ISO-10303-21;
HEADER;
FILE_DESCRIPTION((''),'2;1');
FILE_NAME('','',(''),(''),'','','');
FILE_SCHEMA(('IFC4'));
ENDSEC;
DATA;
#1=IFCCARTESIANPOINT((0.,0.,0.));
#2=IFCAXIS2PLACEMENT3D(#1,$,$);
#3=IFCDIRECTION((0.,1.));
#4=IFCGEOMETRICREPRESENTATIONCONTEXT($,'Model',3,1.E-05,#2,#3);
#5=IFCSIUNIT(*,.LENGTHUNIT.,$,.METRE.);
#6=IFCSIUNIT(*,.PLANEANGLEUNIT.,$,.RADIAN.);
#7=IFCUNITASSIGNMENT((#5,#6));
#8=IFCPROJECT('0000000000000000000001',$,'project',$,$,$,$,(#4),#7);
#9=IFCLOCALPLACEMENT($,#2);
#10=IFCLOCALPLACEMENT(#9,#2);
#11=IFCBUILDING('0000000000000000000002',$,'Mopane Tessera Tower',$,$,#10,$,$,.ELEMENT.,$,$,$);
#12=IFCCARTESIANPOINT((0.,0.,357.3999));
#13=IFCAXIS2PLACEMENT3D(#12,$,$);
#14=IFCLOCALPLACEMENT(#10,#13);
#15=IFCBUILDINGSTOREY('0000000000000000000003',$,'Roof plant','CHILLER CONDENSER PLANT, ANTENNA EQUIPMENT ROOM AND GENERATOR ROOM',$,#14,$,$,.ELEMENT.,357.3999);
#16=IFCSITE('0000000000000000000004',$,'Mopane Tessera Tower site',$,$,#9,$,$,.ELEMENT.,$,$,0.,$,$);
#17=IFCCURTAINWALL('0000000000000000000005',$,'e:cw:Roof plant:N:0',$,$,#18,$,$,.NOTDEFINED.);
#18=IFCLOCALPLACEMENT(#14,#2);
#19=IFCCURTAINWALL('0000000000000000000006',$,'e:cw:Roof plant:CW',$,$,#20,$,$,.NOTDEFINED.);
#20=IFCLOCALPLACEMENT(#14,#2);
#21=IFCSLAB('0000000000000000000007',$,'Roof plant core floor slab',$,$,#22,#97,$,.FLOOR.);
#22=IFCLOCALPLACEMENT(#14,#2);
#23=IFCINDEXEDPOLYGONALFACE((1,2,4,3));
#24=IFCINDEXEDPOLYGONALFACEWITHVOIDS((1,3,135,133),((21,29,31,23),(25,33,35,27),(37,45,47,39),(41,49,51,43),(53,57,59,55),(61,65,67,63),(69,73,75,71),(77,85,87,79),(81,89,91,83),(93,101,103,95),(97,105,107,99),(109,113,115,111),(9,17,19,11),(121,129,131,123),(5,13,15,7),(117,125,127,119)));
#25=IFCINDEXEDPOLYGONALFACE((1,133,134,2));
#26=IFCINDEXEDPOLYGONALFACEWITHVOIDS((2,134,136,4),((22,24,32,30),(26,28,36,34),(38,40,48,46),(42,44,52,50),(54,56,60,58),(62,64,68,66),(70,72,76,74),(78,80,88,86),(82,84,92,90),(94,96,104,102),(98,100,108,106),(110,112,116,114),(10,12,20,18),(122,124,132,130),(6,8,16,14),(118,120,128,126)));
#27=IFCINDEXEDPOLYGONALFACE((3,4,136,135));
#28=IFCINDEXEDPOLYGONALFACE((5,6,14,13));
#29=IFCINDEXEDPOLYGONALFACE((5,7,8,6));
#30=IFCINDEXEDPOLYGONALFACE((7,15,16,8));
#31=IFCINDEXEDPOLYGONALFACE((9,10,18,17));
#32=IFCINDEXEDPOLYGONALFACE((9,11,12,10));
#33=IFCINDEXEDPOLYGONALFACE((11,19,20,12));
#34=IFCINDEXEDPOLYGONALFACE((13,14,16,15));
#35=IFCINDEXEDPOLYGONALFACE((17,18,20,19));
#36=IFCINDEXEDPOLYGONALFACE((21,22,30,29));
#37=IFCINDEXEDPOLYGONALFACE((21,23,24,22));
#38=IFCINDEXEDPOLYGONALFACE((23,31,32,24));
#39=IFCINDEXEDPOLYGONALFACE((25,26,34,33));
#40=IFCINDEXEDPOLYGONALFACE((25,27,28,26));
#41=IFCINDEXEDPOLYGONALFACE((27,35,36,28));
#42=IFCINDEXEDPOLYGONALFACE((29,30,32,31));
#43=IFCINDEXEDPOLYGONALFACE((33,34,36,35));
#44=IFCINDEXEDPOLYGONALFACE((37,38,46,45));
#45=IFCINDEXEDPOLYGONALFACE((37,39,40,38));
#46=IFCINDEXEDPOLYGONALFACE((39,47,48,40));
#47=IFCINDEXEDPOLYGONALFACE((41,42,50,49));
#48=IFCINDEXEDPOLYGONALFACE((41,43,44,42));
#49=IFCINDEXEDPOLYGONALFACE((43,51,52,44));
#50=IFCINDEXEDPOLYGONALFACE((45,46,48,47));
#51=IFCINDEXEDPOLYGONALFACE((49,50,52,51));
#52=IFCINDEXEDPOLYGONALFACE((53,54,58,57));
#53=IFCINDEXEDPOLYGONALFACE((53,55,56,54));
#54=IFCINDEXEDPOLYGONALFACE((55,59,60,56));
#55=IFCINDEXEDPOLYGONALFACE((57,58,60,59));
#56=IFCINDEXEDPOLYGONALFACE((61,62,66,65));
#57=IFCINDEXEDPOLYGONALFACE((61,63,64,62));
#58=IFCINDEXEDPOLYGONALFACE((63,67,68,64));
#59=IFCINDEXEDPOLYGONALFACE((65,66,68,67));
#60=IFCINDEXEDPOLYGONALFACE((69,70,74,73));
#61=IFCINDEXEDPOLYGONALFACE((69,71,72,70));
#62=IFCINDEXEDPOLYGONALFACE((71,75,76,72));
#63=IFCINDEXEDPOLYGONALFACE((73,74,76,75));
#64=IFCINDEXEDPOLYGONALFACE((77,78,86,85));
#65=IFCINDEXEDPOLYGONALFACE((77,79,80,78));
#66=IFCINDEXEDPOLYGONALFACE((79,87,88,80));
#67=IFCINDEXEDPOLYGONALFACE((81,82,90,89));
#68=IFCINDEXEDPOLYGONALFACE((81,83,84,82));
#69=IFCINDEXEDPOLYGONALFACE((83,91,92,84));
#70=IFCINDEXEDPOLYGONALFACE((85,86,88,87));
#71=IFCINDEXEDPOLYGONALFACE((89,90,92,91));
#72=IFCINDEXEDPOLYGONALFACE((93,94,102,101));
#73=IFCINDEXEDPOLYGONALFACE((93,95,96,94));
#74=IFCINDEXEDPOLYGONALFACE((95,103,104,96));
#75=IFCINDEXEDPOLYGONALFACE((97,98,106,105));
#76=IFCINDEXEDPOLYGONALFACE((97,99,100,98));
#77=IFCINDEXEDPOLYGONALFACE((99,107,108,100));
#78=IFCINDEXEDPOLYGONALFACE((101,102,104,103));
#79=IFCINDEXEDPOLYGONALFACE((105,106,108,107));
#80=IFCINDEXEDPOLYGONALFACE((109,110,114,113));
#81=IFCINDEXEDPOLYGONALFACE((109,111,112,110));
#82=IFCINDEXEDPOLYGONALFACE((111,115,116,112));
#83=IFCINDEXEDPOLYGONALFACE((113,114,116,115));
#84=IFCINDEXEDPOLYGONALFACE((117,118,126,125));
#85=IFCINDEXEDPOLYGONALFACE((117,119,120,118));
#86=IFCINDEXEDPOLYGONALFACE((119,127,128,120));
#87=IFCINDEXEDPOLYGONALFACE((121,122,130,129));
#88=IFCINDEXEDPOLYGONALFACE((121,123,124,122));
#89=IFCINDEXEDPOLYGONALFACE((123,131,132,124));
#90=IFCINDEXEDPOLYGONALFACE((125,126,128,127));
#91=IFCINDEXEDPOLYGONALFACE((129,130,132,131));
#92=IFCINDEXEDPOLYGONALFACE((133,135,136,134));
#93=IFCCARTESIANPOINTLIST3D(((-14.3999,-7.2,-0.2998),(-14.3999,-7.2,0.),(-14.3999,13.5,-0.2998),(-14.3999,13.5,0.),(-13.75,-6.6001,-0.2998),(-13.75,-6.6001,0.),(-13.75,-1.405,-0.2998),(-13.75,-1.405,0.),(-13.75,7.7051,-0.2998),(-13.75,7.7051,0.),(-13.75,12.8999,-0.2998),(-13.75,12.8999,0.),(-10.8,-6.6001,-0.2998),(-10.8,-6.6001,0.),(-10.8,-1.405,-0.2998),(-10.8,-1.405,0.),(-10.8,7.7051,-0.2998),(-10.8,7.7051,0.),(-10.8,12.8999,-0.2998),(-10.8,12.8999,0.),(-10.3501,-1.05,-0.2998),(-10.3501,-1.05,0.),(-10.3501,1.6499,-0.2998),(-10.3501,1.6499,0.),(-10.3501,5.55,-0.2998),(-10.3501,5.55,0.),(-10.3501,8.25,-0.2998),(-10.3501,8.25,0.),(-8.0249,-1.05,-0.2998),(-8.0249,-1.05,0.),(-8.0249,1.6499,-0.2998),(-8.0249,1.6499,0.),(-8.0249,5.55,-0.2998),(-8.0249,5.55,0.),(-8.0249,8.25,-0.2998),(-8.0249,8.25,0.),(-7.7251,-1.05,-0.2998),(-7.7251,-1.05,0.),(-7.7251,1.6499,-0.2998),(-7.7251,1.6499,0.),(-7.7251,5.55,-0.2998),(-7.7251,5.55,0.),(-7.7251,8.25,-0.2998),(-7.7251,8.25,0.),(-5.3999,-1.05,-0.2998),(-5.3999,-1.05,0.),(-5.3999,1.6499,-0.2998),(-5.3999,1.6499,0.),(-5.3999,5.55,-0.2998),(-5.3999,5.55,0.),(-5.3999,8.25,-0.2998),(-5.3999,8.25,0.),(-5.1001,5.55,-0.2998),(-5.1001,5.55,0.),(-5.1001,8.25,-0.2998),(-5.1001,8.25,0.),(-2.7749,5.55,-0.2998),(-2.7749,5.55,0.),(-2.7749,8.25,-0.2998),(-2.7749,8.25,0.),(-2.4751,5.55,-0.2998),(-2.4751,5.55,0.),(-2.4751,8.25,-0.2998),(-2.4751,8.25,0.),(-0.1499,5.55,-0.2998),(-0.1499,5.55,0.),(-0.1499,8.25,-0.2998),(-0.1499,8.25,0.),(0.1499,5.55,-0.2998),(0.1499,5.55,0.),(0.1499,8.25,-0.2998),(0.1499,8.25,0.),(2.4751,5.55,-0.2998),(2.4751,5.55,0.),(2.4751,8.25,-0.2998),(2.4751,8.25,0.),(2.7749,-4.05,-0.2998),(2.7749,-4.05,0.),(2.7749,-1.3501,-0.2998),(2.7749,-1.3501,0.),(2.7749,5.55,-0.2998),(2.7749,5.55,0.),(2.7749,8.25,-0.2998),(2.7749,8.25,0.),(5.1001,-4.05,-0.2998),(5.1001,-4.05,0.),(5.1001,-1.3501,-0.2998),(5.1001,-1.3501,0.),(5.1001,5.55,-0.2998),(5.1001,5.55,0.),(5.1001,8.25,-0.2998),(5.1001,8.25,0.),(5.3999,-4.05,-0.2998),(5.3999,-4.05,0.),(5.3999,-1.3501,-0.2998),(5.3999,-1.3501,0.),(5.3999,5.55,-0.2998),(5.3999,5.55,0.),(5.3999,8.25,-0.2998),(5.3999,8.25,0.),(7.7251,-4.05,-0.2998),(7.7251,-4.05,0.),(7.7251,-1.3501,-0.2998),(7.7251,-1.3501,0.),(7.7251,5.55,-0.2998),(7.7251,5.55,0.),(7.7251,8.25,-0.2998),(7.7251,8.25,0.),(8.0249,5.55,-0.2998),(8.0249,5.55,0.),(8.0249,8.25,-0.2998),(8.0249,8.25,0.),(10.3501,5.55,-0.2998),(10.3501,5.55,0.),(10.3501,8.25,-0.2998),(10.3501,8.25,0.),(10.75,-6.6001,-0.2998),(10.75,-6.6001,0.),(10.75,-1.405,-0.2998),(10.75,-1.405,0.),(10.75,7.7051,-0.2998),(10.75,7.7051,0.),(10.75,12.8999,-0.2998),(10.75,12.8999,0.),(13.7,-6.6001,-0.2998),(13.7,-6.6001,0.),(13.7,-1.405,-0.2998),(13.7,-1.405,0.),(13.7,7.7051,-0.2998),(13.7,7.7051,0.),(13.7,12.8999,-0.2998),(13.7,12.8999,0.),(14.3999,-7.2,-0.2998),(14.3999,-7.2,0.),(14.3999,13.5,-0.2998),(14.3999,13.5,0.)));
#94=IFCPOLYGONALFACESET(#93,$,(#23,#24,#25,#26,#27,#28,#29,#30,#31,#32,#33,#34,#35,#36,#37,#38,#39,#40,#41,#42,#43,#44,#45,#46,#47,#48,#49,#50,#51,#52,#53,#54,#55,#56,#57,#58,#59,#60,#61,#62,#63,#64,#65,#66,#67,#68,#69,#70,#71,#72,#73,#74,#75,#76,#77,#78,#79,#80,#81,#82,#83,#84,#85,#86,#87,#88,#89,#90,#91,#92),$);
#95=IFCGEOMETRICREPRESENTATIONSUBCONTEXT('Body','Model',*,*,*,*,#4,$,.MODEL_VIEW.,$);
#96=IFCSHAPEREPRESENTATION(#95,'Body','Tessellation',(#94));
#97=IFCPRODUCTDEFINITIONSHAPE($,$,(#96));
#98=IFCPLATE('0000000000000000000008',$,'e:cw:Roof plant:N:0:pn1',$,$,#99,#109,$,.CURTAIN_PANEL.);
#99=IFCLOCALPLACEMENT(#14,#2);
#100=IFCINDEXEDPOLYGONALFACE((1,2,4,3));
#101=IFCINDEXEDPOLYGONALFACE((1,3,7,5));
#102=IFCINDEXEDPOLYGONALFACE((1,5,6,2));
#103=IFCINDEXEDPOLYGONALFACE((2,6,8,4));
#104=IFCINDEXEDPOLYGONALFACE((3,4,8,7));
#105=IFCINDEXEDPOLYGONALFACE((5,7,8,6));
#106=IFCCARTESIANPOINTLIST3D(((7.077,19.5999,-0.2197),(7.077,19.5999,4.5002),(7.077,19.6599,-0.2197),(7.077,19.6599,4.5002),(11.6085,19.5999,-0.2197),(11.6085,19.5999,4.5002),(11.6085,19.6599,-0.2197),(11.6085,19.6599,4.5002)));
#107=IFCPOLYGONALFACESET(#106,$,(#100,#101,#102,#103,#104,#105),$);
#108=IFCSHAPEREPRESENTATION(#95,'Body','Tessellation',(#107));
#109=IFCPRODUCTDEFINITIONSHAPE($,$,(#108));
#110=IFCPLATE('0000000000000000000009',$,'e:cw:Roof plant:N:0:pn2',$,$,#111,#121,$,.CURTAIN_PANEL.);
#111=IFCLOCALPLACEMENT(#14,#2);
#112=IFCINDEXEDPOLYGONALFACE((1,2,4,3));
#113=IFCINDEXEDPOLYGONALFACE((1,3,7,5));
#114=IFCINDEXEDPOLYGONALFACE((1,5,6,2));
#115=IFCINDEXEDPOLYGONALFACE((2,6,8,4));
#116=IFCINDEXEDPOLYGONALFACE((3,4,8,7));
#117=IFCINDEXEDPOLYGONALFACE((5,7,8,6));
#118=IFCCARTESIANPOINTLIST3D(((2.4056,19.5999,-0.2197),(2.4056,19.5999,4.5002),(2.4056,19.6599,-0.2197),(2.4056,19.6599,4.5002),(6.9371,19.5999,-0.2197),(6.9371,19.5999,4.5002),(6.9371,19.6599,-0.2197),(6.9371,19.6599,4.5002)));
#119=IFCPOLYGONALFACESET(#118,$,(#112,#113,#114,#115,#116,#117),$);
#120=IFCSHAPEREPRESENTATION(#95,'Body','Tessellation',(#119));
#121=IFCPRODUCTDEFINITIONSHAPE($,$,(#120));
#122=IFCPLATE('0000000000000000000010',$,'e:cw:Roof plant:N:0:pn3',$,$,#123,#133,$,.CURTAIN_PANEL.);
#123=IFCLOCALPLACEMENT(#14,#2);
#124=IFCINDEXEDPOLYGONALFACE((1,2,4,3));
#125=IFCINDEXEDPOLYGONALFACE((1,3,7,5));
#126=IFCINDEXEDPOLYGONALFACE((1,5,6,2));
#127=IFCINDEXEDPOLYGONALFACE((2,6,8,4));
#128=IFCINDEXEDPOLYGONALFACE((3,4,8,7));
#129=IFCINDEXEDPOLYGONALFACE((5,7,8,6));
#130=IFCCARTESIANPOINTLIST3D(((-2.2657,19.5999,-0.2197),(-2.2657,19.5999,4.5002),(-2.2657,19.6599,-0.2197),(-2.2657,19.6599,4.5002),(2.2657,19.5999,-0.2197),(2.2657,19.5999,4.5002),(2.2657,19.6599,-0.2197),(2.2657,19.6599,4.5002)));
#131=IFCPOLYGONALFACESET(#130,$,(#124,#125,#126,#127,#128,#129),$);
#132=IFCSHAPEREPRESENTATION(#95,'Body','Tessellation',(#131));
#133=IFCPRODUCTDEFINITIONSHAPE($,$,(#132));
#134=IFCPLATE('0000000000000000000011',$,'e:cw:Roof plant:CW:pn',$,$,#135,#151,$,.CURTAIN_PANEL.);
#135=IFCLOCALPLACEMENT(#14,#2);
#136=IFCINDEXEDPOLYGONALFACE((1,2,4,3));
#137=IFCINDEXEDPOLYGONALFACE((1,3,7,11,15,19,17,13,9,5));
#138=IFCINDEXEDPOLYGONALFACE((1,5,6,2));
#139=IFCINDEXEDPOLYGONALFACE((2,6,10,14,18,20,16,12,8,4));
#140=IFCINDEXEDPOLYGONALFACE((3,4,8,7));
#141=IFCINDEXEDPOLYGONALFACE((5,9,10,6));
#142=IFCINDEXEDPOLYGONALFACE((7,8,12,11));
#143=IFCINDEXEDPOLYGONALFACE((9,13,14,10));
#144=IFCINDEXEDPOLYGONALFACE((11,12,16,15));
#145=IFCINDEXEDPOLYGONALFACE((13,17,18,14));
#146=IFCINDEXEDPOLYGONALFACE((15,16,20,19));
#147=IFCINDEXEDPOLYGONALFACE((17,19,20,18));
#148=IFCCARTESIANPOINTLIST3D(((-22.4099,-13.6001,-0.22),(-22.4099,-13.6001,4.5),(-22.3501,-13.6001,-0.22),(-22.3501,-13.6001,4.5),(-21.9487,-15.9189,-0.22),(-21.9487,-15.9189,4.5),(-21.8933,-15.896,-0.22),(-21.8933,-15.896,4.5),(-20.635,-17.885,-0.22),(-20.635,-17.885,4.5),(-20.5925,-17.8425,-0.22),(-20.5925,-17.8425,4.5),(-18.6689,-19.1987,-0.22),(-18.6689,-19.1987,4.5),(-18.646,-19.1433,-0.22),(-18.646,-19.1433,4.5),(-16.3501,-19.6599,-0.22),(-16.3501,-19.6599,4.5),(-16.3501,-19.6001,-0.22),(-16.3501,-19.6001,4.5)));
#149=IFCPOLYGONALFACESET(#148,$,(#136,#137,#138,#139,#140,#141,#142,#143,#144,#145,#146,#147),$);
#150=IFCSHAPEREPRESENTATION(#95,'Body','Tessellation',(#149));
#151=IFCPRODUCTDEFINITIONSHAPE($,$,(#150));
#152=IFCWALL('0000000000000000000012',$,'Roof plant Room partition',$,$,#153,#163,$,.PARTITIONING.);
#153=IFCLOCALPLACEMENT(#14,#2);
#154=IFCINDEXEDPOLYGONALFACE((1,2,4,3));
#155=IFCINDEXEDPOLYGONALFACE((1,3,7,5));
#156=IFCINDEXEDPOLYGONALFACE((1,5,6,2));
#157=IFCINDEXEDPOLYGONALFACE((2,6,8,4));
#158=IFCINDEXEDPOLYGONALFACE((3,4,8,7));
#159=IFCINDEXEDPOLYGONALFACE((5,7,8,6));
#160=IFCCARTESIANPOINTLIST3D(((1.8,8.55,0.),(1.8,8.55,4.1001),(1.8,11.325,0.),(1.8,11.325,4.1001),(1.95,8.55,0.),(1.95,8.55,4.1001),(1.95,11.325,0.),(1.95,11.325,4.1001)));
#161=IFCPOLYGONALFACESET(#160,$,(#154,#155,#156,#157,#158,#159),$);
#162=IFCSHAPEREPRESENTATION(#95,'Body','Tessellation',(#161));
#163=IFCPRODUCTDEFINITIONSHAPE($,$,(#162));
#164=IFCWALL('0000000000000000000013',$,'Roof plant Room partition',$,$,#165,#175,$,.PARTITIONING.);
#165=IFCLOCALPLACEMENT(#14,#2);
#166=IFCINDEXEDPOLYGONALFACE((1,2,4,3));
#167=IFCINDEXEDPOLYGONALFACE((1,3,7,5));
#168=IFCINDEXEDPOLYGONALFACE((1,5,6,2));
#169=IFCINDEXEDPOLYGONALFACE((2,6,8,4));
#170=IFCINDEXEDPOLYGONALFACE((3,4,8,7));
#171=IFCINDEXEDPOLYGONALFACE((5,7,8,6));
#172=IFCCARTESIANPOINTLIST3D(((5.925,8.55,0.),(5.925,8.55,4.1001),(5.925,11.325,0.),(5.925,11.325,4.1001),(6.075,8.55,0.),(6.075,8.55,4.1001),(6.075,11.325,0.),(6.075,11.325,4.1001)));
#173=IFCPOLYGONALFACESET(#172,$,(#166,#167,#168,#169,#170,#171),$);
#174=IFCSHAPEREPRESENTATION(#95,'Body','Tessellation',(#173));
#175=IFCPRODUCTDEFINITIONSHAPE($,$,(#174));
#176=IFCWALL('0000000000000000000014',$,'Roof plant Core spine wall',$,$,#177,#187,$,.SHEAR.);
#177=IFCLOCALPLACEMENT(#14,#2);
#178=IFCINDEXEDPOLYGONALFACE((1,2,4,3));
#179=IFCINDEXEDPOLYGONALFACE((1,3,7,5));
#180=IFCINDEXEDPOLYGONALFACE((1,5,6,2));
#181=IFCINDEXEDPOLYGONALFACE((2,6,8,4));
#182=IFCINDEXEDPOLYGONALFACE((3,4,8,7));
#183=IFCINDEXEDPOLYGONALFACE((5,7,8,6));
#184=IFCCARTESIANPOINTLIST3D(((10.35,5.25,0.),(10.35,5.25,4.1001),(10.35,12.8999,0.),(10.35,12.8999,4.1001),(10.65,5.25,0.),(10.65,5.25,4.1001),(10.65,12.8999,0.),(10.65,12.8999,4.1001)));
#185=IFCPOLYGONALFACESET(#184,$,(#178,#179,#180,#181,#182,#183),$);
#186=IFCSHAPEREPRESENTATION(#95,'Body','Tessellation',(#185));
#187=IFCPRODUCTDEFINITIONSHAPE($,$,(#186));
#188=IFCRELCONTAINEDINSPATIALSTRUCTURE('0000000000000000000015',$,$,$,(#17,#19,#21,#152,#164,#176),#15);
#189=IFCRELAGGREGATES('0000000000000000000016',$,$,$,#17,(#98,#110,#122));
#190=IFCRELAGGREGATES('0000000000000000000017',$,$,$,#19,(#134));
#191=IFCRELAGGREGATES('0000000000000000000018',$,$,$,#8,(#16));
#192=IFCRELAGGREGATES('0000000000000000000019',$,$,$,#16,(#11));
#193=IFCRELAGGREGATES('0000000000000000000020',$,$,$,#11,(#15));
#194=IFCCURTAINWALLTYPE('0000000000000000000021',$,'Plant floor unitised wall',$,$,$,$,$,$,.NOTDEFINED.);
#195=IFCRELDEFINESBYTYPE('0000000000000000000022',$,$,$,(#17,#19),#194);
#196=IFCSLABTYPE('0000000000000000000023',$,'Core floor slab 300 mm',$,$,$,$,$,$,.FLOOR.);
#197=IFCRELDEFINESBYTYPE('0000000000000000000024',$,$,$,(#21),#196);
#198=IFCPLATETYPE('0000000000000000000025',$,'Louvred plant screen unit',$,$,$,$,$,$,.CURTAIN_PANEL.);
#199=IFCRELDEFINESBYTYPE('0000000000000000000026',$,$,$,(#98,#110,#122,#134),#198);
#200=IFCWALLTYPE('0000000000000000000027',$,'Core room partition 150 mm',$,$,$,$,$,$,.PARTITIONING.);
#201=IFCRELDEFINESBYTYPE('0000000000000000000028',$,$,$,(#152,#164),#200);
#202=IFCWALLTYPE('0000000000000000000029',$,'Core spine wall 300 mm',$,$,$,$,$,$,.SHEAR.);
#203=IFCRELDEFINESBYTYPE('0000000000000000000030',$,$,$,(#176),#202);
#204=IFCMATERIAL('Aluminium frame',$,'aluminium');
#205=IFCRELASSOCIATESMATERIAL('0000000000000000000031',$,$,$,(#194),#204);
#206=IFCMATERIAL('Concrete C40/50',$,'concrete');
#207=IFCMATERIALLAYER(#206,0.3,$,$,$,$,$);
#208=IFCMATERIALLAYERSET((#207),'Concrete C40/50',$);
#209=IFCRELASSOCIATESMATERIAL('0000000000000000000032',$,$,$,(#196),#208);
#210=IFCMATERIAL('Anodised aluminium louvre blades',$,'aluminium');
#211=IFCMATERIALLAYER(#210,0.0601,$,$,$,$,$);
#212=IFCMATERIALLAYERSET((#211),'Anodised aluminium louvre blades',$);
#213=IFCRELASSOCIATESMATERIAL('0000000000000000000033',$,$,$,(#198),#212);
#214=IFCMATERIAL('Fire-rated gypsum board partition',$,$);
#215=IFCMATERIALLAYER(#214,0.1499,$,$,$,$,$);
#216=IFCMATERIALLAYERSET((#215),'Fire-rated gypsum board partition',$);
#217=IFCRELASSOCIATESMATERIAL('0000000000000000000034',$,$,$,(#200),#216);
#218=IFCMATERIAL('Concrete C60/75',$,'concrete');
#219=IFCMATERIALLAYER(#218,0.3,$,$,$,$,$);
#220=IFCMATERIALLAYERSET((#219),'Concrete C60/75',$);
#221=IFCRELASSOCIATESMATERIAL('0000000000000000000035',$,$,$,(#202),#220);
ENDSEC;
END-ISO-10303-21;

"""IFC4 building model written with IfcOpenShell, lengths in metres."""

from ifc_helpers import new_model, si_unit, direction, frame, frame_2d, origin, origin_2d, place, context, subcontext, project, spatial, polyline, rectangle, outline, extrude, material, layer, layer_set, type_object, element, aggregate, save


model = new_model("IFC4")

# Units and contexts
model_context = context("Model", 3, precision=1e-05, world=origin(), true_north=direction((0.0, 1.0)))
body_context = subcontext(model_context, "Body", "Model", "MODEL_VIEW")
ifc_project = project(units=[si_unit("LENGTHUNIT", "METRE"), si_unit("PLANEANGLEUNIT", "RADIAN")], contexts=[model_context])

# Site, building, storey
site_placement = place(None, origin())
site = spatial("IfcSite", under=ifc_project, at=site_placement, Name="Mopane Tessera Tower site", CompositionType="ELEMENT", RefElevation=0.0)
building_placement = place(site_placement, origin())
building = spatial("IfcBuilding", under=site, at=building_placement, Name="Mopane Tessera Tower", CompositionType="ELEMENT")
storey_placement = place(building_placement, frame((0.0, 0.0, 357.3999)))
storey = spatial("IfcBuildingStorey", under=building, at=storey_placement, Name="Roof plant", Description="CHILLER CONDENSER PLANT, ANTENNA EQUIPMENT ROOM AND GENERATOR ROOM", CompositionType="ELEMENT", Elevation=357.3999)

# Curtain wall
ifc_material_1 = material(Name="Aluminium frame", Category="aluminium")
curtain_wall_type = type_object("IfcCurtainWallType", Name="Plant floor unitised wall", PredefinedType="NOTDEFINED", material=ifc_material_1)
curtain_wall_1_placement = place(storey_placement, origin())
curtain_wall_1 = element("IfcCurtainWall", 1, at=curtain_wall_1_placement, inside=storey, type_object=curtain_wall_type, Name="e:cw:Roof plant:N:0", PredefinedType="NOTDEFINED")

# Curtain wall
curtain_wall_2_placement = place(storey_placement, origin())
curtain_wall_2 = element("IfcCurtainWall", 2, at=curtain_wall_2_placement, inside=storey, type_object=curtain_wall_type, Name="e:cw:Roof plant:CW", PredefinedType="NOTDEFINED")

# Slab
ifc_material_2 = material(Name="Concrete C40/50", Category="concrete")
ifc_layer_1 = layer(ifc_material_2, 0.3)
ifc_layer_set_1 = layer_set([ifc_layer_1], Name="Concrete C40/50")
slab_type = type_object("IfcSlabType", Name="Core floor slab 300 mm", PredefinedType="FLOOR", material=ifc_layer_set_1)
slab_placement = place(storey_placement, frame((0.0, 0.0, -0.2998)))
element("IfcSlab", 3, at=slab_placement, inside=storey, type_object=slab_type, Name="Roof plant core floor slab", PredefinedType="FLOOR", context=body_context, shape_type="SweptSolid", body=[
    extrude(outline(polyline([(-14.3999, -7.2), (14.3999, -7.2), (14.3999, 13.5), (-14.3999, 13.5), (-14.3999, -7.2)]), holes=[polyline([(-10.3501, -1.05), (-8.0249, -1.05), (-8.0249, 1.6499), (-10.3501, 1.6499), (-10.3501, -1.05)]), polyline([(-7.7251, -1.05), (-5.3999, -1.05), (-5.3999, 1.6499), (-7.7251, 1.6499), (-7.7251, -1.05)]), polyline([(-10.3501, 5.55), (-8.0249, 5.55), (-8.0249, 8.25), (-10.3501, 8.25), (-10.3501, 5.55)]), polyline([(-7.7251, 5.55), (-5.3999, 5.55), (-5.3999, 8.25), (-7.7251, 8.25), (-7.7251, 5.55)]), polyline([(-5.1001, 5.55), (-2.7749, 5.55), (-2.7749, 8.25), (-5.1001, 8.25), (-5.1001, 5.55)]), polyline([(-2.4751, 5.55), (-0.1499, 5.55), (-0.1499, 8.25), (-2.4751, 8.25), (-2.4751, 5.55)]), polyline([(0.1499, 5.55), (2.4751, 5.55), (2.4751, 8.25), (0.1499, 8.25), (0.1499, 5.55)]), polyline([(2.7749, 5.55), (5.1001, 5.55), (5.1001, 8.25), (2.7749, 8.25), (2.7749, 5.55)]), polyline([(5.3999, 5.55), (7.7251, 5.55), (7.7251, 8.25), (5.3999, 8.25), (5.3999, 5.55)]), polyline([(8.0249, 5.55), (10.3501, 5.55), (10.3501, 8.25), (8.0249, 8.25), (8.0249, 5.55)]), polyline([(2.7749, -4.05), (5.1001, -4.05), (5.1001, -1.3501), (2.7749, -1.3501), (2.7749, -4.05)]), polyline([(5.3999, -4.05), (7.7251, -4.05), (7.7251, -1.3501), (5.3999, -1.3501), (5.3999, -4.05)]), polyline([(-13.75, -1.405), (-13.75, -6.6001), (-10.8, -6.6001), (-10.8, -1.405), (-13.75, -1.405)]), polyline([(-10.8, 7.7051), (-10.8, 12.8999), (-13.75, 12.8999), (-13.75, 7.7051), (-10.8, 7.7051)]), polyline([(10.75, -1.405), (10.75, -6.6001), (13.7, -6.6001), (13.7, -1.405), (10.75, -1.405)]), polyline([(13.7, 7.7051), (13.7, 12.8999), (10.75, 12.8999), (10.75, 7.7051), (13.7, 7.7051)])]), origin(), (0.0, 0.0, 1.0), 0.2998),
])

# Plates
ifc_material_3 = material(Name="Anodised aluminium louvre blades", Category="aluminium")
ifc_layer_2 = layer(ifc_material_3, 0.0601)
ifc_layer_set_2 = layer_set([ifc_layer_2], Name="Anodised aluminium louvre blades")
plate_type = type_object("IfcPlateType", Name="Louvred plant screen unit", PredefinedType="CURTAIN_PANEL", material=ifc_layer_set_2)
plate_1_placement = place(storey_placement, frame((9.3428, 19.6299, -0.2197), z_axis=(0.0, 0.0, 1.0), x_axis=(-1.0, 0.0, 0.0)))
plate_1 = element("IfcPlate", 4, at=plate_1_placement, type_object=plate_type, Name="e:cw:Roof plant:N:0:pn1", PredefinedType="CURTAIN_PANEL", context=body_context, shape_type="SweptSolid", body=[
    extrude(rectangle(XDim=4.5315, YDim=0.0601, at=origin_2d()), origin(), (0.0, 0.0, 1.0), 4.72),
])
plate_2_placement = place(storey_placement, frame((4.6714, 19.6299, -0.2197), z_axis=(0.0, 0.0, 1.0), x_axis=(-1.0, 0.0, 0.0)))
plate_2 = element("IfcPlate", 5, at=plate_2_placement, type_object=plate_type, Name="e:cw:Roof plant:N:0:pn2", PredefinedType="CURTAIN_PANEL", context=body_context, shape_type="SweptSolid", body=[
    extrude(rectangle(XDim=4.5315, YDim=0.0601, at=origin_2d()), origin(), (0.0, 0.0, 1.0), 4.72),
])
plate_3_placement = place(storey_placement, frame((0.0, 19.6299, -0.2197), z_axis=(0.0, 0.0, 1.0), x_axis=(-1.0, 0.0, 0.0)))
plate_3 = element("IfcPlate", 6, at=plate_3_placement, type_object=plate_type, Name="e:cw:Roof plant:N:0:pn3", PredefinedType="CURTAIN_PANEL", context=body_context, shape_type="SweptSolid", body=[
    extrude(rectangle(XDim=4.5315, YDim=0.0601, at=origin_2d()), origin(), (0.0, 0.0, 1.0), 4.72),
])
aggregate(curtain_wall_1, [plate_1, plate_2, plate_3])
plate_4_placement = place(storey_placement, frame((0.0, 0.0, -0.22)))
plate_4 = element("IfcPlate", 7, at=plate_4_placement, type_object=plate_type, Name="e:cw:Roof plant:CW:pn", PredefinedType="CURTAIN_PANEL", context=body_context, shape_type="SweptSolid", body=[
    extrude(outline(polyline([(-22.3501, -13.6001), (-21.8933, -15.896), (-20.5925, -17.8425), (-18.646, -19.1433), (-16.3501, -19.6001), (-16.3501, -19.6599), (-18.6689, -19.1987), (-20.635, -17.885), (-21.9487, -15.9189), (-22.4099, -13.6001), (-22.3501, -13.6001)])), origin(), (0.0, 0.0, 1.0), 4.72),
])
aggregate(curtain_wall_2, [plate_4])

# Walls
ifc_material_4 = material(Name="Fire-rated gypsum board partition")
ifc_layer_3 = layer(ifc_material_4, 0.1499)
ifc_layer_set_3 = layer_set([ifc_layer_3], Name="Fire-rated gypsum board partition")
wall_type_1 = type_object("IfcWallType", Name="Core room partition 150 mm", PredefinedType="PARTITIONING", material=ifc_layer_set_3)
for number, where, z_axis, x_axis, name in (
    (8, (1.875, 8.55, 0.0), (0.0, 0.0, 1.0), (0.0, 1.0, 0.0), "Roof plant Room partition"),
    (9, (6.0, 8.55, 0.0), (0.0, 0.0, 1.0), (0.0, 1.0, 0.0), "Roof plant Room partition"),
):
    element("IfcWall", number, at=place(storey_placement, frame(where, z_axis=z_axis, x_axis=x_axis)), inside=storey, type_object=wall_type_1, Name=name, PredefinedType="PARTITIONING", context=body_context, shape_type="SweptSolid", body=[
        extrude(rectangle(XDim=2.7749, YDim=0.1499, at=frame_2d((1.3875, 0.0))), origin(), (0.0, 0.0, 1.0), 4.1001),
    ])
ifc_material_5 = material(Name="Concrete C60/75", Category="concrete")
ifc_layer_4 = layer(ifc_material_5, 0.3)
ifc_layer_set_4 = layer_set([ifc_layer_4], Name="Concrete C60/75")
wall_type_2 = type_object("IfcWallType", Name="Core spine wall 300 mm", PredefinedType="SHEAR", material=ifc_layer_set_4)
wall_1_placement = place(storey_placement, frame((10.5, 5.25, 0.0), z_axis=(0.0, 0.0, 1.0), x_axis=(0.0, 1.0, 0.0)))
element("IfcWall", 10, at=wall_1_placement, inside=storey, type_object=wall_type_2, Name="Roof plant Core spine wall", PredefinedType="SHEAR", context=body_context, shape_type="SweptSolid", body=[
    extrude(rectangle(XDim=7.6499, YDim=0.3, at=frame_2d((3.825, 0.0))), origin(), (0.0, 0.0, 1.0), 4.1001),
])

save(model, "model.ifc")
